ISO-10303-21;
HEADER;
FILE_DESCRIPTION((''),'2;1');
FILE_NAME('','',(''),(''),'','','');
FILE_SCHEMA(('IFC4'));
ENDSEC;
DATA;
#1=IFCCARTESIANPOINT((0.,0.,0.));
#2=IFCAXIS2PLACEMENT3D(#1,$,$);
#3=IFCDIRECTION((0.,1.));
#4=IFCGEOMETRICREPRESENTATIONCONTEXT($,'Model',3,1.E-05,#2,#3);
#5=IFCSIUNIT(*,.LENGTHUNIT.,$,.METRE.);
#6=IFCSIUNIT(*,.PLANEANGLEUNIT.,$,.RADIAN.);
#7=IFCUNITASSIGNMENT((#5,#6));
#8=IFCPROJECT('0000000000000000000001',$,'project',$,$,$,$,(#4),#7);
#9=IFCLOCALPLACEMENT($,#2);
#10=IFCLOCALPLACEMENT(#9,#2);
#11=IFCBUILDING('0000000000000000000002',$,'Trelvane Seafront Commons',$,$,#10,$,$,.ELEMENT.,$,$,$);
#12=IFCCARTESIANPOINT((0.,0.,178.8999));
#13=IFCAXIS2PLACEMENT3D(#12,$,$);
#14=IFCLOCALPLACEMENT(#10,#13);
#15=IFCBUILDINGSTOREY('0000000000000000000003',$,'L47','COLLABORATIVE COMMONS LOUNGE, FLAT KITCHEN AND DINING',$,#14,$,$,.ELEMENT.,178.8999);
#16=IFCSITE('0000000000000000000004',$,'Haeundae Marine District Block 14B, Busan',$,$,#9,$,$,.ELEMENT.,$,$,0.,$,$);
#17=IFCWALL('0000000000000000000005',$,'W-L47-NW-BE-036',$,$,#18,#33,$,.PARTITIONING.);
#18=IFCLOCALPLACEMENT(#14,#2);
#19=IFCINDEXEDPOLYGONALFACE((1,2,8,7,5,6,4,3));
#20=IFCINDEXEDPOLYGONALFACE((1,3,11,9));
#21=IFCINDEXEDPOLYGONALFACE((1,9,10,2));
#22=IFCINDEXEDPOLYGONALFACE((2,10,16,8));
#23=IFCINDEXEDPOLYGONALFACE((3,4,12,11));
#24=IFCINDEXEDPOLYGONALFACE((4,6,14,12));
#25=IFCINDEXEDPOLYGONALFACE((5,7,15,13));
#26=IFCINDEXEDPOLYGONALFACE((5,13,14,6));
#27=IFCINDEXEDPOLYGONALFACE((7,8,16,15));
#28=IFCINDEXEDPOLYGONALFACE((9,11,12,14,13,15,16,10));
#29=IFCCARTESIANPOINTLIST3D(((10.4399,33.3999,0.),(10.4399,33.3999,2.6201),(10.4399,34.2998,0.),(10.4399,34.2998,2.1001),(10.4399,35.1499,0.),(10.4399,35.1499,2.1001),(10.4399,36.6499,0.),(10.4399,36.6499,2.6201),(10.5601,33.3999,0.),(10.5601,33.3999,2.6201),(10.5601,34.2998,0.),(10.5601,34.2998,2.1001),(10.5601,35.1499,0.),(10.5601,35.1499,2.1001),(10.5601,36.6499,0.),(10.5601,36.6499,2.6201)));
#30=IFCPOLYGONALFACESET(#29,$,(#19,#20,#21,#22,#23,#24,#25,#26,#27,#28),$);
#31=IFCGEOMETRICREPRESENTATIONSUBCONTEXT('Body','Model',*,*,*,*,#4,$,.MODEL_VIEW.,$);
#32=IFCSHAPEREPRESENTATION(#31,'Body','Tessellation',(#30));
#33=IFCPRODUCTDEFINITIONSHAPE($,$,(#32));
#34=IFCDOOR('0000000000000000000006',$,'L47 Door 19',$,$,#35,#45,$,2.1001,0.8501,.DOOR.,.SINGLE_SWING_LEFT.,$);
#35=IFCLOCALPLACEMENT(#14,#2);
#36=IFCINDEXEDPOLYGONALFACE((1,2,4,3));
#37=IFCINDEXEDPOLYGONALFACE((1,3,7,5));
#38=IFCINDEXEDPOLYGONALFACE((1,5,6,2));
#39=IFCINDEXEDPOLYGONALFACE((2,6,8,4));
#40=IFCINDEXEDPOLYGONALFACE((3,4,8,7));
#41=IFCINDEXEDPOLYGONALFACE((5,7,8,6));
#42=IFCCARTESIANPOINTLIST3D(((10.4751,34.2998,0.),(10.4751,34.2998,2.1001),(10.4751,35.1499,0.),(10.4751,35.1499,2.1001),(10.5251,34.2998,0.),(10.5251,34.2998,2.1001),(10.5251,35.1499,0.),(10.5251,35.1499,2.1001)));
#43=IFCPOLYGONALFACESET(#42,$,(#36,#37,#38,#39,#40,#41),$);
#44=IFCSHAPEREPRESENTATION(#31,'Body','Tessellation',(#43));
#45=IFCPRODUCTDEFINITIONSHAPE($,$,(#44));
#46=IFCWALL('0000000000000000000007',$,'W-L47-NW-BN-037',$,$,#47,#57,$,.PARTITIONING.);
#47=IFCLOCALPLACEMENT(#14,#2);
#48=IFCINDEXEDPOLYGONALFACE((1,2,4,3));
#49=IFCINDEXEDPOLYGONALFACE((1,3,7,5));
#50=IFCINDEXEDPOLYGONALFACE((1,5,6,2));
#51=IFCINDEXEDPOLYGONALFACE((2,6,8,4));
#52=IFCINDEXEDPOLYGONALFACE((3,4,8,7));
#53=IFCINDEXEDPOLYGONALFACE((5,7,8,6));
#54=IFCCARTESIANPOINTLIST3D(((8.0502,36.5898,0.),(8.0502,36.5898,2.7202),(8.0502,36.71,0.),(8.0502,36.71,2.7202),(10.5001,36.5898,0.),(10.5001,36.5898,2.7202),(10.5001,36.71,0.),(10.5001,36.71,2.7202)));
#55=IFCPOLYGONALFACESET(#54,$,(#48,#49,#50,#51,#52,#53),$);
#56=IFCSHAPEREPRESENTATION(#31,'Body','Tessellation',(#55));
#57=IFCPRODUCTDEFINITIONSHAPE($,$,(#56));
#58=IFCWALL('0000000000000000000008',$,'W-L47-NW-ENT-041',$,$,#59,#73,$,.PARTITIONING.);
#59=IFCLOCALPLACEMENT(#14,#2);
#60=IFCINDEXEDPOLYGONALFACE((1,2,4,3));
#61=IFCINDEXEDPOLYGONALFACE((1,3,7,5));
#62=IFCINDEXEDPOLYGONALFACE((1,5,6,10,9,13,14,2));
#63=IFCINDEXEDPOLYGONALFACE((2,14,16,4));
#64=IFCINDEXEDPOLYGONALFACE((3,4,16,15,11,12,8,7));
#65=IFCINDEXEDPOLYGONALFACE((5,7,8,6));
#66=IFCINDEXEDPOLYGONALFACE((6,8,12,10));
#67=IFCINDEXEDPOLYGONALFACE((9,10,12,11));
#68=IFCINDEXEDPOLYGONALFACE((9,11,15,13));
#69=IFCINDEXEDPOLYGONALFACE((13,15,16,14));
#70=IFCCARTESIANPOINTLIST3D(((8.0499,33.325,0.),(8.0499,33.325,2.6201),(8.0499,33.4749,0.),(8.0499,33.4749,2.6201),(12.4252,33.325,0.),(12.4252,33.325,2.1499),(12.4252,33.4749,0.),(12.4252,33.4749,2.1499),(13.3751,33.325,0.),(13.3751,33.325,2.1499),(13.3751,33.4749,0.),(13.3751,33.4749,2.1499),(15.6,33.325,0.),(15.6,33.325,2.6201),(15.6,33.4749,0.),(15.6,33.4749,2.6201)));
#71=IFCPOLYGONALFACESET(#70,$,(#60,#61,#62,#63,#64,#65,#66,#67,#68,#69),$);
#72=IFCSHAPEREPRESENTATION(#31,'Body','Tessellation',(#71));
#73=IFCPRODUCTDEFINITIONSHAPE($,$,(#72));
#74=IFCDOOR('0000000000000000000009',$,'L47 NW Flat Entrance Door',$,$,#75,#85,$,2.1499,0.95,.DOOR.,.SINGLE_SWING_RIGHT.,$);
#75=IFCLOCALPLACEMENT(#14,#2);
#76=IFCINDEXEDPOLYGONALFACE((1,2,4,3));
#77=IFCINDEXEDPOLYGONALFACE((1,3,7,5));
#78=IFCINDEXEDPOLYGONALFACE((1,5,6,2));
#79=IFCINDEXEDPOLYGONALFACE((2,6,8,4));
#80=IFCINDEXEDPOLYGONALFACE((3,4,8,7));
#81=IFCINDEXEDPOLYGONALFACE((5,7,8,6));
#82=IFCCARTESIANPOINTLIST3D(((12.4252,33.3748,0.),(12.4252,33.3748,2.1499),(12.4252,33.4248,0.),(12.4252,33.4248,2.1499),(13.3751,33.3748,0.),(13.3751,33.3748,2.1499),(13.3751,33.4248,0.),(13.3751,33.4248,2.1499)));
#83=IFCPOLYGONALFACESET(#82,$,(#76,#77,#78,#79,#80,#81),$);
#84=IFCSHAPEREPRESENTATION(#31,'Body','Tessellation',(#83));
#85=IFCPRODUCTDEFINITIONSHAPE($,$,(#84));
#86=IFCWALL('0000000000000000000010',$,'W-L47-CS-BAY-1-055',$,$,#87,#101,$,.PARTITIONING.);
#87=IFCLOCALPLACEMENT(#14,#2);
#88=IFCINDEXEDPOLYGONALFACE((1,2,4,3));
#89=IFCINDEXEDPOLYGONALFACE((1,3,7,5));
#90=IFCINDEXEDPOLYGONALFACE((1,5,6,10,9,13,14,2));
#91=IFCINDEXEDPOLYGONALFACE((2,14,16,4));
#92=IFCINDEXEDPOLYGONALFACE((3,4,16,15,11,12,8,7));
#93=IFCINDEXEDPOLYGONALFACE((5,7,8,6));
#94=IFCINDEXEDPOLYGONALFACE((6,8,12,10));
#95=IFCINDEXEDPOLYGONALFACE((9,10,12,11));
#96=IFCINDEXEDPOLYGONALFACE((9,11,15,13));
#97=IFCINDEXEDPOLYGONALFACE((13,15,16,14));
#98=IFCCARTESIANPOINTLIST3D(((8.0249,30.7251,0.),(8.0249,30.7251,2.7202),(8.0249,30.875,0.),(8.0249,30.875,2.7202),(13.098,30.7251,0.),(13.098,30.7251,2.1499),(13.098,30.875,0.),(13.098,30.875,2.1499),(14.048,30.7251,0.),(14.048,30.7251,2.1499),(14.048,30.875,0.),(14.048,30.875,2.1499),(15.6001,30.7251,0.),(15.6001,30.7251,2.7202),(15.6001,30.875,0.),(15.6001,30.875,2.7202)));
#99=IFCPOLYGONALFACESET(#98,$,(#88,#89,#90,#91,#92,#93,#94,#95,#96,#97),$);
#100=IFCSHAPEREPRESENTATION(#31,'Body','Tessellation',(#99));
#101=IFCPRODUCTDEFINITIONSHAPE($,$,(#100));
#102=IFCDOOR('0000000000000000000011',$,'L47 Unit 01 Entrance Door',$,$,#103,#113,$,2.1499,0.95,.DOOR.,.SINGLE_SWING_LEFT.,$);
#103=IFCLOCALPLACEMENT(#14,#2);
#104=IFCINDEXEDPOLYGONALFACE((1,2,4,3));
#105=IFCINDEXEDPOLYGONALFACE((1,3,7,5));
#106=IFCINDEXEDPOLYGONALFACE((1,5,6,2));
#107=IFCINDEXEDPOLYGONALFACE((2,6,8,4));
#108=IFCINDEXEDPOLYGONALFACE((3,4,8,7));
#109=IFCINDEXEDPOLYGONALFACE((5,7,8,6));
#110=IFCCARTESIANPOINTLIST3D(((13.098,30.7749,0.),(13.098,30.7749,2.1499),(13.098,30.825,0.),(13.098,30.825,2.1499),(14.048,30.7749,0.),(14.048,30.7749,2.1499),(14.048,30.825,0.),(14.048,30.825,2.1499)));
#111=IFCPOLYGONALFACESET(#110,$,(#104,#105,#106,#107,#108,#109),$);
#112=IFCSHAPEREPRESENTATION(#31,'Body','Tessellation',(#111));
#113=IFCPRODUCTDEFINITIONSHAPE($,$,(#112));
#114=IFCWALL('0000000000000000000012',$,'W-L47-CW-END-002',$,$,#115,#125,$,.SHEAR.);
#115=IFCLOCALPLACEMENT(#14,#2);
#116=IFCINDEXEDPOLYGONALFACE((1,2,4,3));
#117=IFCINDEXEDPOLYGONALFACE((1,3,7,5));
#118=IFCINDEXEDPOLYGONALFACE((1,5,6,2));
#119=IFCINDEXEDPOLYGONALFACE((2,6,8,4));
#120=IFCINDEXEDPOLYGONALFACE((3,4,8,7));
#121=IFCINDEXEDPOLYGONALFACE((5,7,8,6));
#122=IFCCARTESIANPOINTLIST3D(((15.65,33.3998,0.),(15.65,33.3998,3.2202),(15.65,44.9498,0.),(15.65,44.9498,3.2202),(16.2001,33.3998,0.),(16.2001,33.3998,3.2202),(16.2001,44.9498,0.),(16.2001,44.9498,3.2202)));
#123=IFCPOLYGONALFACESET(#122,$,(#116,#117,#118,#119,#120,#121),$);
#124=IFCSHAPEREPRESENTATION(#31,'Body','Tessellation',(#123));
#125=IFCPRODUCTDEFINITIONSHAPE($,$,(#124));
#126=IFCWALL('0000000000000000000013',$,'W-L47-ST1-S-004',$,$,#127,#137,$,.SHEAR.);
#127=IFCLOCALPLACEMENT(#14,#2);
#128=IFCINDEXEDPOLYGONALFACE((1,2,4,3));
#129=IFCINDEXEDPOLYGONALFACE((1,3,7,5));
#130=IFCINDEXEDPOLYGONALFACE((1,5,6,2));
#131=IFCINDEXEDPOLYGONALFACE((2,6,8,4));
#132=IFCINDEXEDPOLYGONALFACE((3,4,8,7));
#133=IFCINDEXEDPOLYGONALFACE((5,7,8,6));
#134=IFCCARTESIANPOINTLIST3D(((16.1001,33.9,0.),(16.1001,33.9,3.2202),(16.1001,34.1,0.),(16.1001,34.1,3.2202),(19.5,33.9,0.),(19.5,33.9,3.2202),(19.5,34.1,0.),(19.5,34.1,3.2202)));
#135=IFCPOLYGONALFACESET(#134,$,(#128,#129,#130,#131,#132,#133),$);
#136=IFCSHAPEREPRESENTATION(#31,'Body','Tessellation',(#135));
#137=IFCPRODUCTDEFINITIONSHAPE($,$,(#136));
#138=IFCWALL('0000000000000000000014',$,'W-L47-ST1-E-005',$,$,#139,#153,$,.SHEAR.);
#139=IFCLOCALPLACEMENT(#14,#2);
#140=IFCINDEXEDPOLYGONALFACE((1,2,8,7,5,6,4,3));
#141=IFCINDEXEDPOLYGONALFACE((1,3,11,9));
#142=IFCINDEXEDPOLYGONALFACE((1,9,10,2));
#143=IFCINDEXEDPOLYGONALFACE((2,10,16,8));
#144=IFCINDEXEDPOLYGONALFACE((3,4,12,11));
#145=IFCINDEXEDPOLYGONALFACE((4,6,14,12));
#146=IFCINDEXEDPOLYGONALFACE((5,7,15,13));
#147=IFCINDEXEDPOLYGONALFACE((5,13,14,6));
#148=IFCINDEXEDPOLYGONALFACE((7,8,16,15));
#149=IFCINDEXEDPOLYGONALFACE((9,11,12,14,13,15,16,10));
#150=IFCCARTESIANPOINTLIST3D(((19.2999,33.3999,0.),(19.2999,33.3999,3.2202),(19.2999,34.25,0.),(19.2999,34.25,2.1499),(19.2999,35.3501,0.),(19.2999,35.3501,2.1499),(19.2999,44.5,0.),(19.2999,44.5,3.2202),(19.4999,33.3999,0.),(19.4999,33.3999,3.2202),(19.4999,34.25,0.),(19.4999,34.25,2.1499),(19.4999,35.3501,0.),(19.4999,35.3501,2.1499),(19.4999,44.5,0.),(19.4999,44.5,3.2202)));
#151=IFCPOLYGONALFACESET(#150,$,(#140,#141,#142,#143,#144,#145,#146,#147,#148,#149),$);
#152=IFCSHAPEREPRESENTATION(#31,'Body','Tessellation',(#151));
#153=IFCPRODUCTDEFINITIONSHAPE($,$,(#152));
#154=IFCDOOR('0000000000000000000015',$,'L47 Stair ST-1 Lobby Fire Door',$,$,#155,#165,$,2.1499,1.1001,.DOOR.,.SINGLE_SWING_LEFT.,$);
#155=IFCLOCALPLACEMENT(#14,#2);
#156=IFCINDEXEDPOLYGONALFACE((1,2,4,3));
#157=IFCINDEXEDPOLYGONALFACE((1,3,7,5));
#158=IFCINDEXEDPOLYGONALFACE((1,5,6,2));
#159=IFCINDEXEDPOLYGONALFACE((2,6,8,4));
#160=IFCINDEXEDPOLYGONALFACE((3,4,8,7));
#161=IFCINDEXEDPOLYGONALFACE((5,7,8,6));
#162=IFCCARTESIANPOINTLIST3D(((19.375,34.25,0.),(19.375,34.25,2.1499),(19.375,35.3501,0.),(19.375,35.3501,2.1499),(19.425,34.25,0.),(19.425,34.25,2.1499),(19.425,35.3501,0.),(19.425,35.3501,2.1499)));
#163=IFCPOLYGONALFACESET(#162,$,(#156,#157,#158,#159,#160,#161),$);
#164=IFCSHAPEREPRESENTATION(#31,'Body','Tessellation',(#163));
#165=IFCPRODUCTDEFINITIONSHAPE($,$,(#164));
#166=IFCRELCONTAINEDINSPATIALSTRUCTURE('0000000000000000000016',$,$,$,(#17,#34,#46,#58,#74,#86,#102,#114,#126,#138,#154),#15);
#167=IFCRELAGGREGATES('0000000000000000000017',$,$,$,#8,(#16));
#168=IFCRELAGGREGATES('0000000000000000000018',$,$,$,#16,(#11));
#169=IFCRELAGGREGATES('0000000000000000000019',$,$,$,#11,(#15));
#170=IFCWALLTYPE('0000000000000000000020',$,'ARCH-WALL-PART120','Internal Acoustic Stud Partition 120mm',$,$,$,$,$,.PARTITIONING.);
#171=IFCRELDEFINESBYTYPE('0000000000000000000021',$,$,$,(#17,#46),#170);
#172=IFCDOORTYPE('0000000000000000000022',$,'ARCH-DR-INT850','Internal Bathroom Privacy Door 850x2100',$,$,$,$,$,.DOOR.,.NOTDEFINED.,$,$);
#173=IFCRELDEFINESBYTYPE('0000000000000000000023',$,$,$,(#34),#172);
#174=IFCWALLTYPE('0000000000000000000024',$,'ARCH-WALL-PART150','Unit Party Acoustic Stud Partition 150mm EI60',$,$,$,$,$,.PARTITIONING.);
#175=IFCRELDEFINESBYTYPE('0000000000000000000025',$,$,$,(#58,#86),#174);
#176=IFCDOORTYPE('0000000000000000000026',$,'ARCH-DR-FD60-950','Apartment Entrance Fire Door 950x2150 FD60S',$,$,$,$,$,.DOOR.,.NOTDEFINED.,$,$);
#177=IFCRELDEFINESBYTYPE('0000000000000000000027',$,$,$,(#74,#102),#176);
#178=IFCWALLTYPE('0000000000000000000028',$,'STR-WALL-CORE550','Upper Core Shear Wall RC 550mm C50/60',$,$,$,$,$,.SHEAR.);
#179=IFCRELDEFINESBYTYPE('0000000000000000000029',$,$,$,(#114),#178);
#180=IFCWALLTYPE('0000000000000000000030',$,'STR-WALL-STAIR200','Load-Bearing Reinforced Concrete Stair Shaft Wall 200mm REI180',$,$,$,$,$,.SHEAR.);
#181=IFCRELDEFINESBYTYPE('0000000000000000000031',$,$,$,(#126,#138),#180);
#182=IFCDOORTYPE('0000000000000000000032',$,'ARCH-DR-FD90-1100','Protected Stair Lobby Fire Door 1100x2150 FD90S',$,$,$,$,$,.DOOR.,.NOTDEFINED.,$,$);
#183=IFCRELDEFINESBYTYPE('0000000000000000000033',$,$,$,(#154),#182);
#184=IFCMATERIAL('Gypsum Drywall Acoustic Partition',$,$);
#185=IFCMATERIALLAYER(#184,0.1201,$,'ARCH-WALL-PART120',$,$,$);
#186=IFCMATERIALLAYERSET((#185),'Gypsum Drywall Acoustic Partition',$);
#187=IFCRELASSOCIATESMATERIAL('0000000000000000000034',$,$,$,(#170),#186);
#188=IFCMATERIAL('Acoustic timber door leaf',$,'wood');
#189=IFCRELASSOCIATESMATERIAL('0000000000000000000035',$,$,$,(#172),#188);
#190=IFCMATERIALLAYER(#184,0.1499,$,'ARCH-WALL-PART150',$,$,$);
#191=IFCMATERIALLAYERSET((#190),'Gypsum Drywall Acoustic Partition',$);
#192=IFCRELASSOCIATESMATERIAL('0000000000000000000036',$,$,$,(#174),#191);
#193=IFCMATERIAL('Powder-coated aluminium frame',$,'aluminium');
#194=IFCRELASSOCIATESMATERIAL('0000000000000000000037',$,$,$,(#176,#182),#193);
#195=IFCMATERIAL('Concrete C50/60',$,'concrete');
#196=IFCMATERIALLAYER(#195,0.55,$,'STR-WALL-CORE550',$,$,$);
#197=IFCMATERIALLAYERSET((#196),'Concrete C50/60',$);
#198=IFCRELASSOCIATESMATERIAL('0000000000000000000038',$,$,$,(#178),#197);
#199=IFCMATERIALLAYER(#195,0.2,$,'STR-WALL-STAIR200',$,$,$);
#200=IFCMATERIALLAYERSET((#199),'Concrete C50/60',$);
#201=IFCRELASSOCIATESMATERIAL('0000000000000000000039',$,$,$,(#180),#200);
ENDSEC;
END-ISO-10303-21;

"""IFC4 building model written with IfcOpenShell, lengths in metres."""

from ifc_helpers import new_model, si_unit, direction, frame, frame_2d, origin, place, context, subcontext, project, spatial, rectangle, extrude, source, transform, mapped, material, layer, layer_set, type_object, element, fill, save


model = new_model("IFC4")

# Units and contexts
model_context = context("Model", 3, precision=1e-05, world=origin(), true_north=direction((0.0, 1.0)))
body_context = subcontext(model_context, "Body", "Model", "MODEL_VIEW")
ifc_project = project(units=[si_unit("LENGTHUNIT", "METRE"), si_unit("PLANEANGLEUNIT", "RADIAN")], contexts=[model_context])

# Site, building, storey
site_placement = place(None, origin())
site = spatial("IfcSite", under=ifc_project, at=site_placement, Name="Haeundae Marine District Block 14B, Busan", CompositionType="ELEMENT", RefElevation=0.0)
building_placement = place(site_placement, origin())
building = spatial("IfcBuilding", under=site, at=building_placement, Name="Trelvane Seafront Commons", CompositionType="ELEMENT")
storey_placement = place(building_placement, frame((0.0, 0.0, 178.8999)))
storey = spatial("IfcBuildingStorey", under=building, at=storey_placement, Name="L47", Description="COLLABORATIVE COMMONS LOUNGE, FLAT KITCHEN AND DINING", CompositionType="ELEMENT", Elevation=178.8999)

# Shared definitions
ifc_material_1 = material(Name="Concrete C50/60", Category="concrete")

# Wall, opening, door
ifc_material_2 = material(Name="Gypsum Drywall Acoustic Partition")
ifc_layer_1 = layer(ifc_material_2, 0.1201, Name="ARCH-WALL-PART120")
ifc_layer_set_1 = layer_set([ifc_layer_1], Name="Gypsum Drywall Acoustic Partition")
wall_type_1 = type_object("IfcWallType", Name="ARCH-WALL-PART120", Description="Internal Acoustic Stud Partition 120mm", PredefinedType="PARTITIONING", material=ifc_layer_set_1)
wall_1_placement = place(storey_placement, frame((10.5, 33.3999, 0.0), z_axis=(0.0, 0.0, 1.0), x_axis=(0.0, 1.0, 0.0)))
wall_1 = element("IfcWall", 1, at=wall_1_placement, inside=storey, type_object=wall_type_1, Name="W-L47-NW-BE-036", PredefinedType="PARTITIONING", context=body_context, shape_type="SweptSolid", body=[
    extrude(rectangle(XDim=3.25, YDim=0.1201, at=frame_2d((1.625, 0.0))), origin(), (0.0, 0.0, 1.0), 2.6201),
])
opening_1_placement = place(wall_1_placement, frame((0.8999, 0.0, 0.0)))
opening_1 = element("IfcOpeningElement", 2, at=opening_1_placement, cuts=wall_1, PredefinedType="OPENING", context=body_context, shape_type="SweptSolid", body=[
    extrude(rectangle(XDim=0.8501, YDim=2.1001, at=frame_2d((0.425, 1.05))), frame((0.0, 0.0701, 0.0), z_axis=(0.0, -1.0, 0.0), x_axis=(1.0, 0.0, 0.0)), (0.0, 0.0, 1.0), 0.1401),
])
ifc_material_3 = material(Name="Acoustic timber door leaf", Category="wood")
door_type_1 = type_object("IfcDoorType", Name="ARCH-DR-INT850", Description="Internal Bathroom Privacy Door 850x2100", OperationType="NOTDEFINED", PredefinedType="DOOR", material=ifc_material_3)
shared_shape_1 = source(origin(), body_context, "Body", "SweptSolid", [
    extrude(rectangle(XDim=0.8501, YDim=2.1001, at=frame_2d((0.425, 1.05))), frame((0.0, 0.0249, 0.0), z_axis=(0.0, -1.0, 0.0), x_axis=(1.0, 0.0, 0.0)), (0.0, 0.0, 1.0), 0.05),
])
door_1_placement = place(opening_1_placement, origin())
door_1 = element("IfcDoor", 3, at=door_1_placement, inside=storey, type_object=door_type_1, Name="L47 Door 19", OperationType="SINGLE_SWING_LEFT", OverallHeight=2.1001, OverallWidth=0.8501, PredefinedType="DOOR", context=body_context, shape_type="MappedRepresentation", body=[
    mapped(shared_shape_1, transform((0.0, 0.0, 0.0), x_axis=(1.0, 0.0, 0.0), y_axis=(0.0, 1.0, 0.0), z_axis=(0.0, 0.0, 1.0), scale=1.0)),
])
fill(opening_1, door_1)

# Wall
wall_2_placement = place(storey_placement, frame((8.05, 36.6499, 0.0), z_axis=(0.0, 0.0, 1.0), x_axis=(1.0, 0.0, 0.0)))
element("IfcWall", 4, at=wall_2_placement, inside=storey, type_object=wall_type_1, Name="W-L47-NW-BN-037", PredefinedType="PARTITIONING", context=body_context, shape_type="SweptSolid", body=[
    extrude(rectangle(XDim=2.45, YDim=0.1201, at=frame_2d((1.2251, 0.0))), origin(), (0.0, 0.0, 1.0), 2.7202),
])

# Walls, openings, doors
ifc_layer_2 = layer(ifc_material_2, 0.1499, Name="ARCH-WALL-PART150")
ifc_layer_set_2 = layer_set([ifc_layer_2], Name="Gypsum Drywall Acoustic Partition")
wall_type_2 = type_object("IfcWallType", Name="ARCH-WALL-PART150", Description="Unit Party Acoustic Stud Partition 150mm EI60", PredefinedType="PARTITIONING", material=ifc_layer_set_2)
wall_3_placement = place(storey_placement, frame((8.05, 33.3999, 0.0), z_axis=(0.0, 0.0, 1.0), x_axis=(1.0, 0.0, 0.0)))
wall_3 = element("IfcWall", 5, at=wall_3_placement, inside=storey, type_object=wall_type_2, Name="W-L47-NW-ENT-041", PredefinedType="PARTITIONING", context=body_context, shape_type="SweptSolid", body=[
    extrude(rectangle(XDim=7.55, YDim=0.1499, at=frame_2d((3.7749, 0.0))), origin(), (0.0, 0.0, 1.0), 2.6201),
])
opening_2_placement = place(wall_3_placement, frame((4.375, 0.0, 0.0)))
opening_2 = element("IfcOpeningElement", 6, at=opening_2_placement, cuts=wall_3, PredefinedType="OPENING", context=body_context, shape_type="SweptSolid", body=[
    extrude(rectangle(XDim=0.95, YDim=2.1499, at=frame_2d((0.4751, 1.075))), frame((0.0, 0.085, 0.0), z_axis=(0.0, -1.0, 0.0), x_axis=(1.0, 0.0, 0.0)), (0.0, 0.0, 1.0), 0.1699),
])
ifc_material_4 = material(Name="Powder-coated aluminium frame", Category="aluminium")
door_type_2 = type_object("IfcDoorType", Name="ARCH-DR-FD60-950", Description="Apartment Entrance Fire Door 950x2150 FD60S", OperationType="NOTDEFINED", PredefinedType="DOOR", material=ifc_material_4)
shared_shape_2 = source(origin(), body_context, "Body", "SweptSolid", [
    extrude(rectangle(XDim=0.95, YDim=2.1499, at=frame_2d((0.4751, 1.075))), frame((0.0, 0.0249, 0.0), z_axis=(0.0, -1.0, 0.0), x_axis=(1.0, 0.0, 0.0)), (0.0, 0.0, 1.0), 0.05),
])
door_2_placement = place(opening_2_placement, origin())
door_2 = element("IfcDoor", 7, at=door_2_placement, inside=storey, type_object=door_type_2, Name="L47 NW Flat Entrance Door", OperationType="SINGLE_SWING_RIGHT", OverallHeight=2.1499, OverallWidth=0.95, PredefinedType="DOOR", context=body_context, shape_type="MappedRepresentation", body=[
    mapped(shared_shape_2, transform((0.0, 0.0, 0.0), x_axis=(1.0, 0.0, 0.0), y_axis=(0.0, 1.0, 0.0), z_axis=(0.0, 0.0, 1.0), scale=1.0)),
])
fill(opening_2, door_2)
wall_4_placement = place(storey_placement, frame((8.0249, 30.8, 0.0), z_axis=(0.0, 0.0, 1.0), x_axis=(1.0, 0.0, 0.0)))
wall_4 = element("IfcWall", 8, at=wall_4_placement, inside=storey, type_object=wall_type_2, Name="W-L47-CS-BAY-1-055", PredefinedType="PARTITIONING", context=body_context, shape_type="SweptSolid", body=[
    extrude(rectangle(XDim=7.5752, YDim=0.1499, at=frame_2d((3.7876, 0.0))), origin(), (0.0, 0.0, 1.0), 2.7202),
])
opening_3_placement = place(wall_4_placement, frame((5.073, 0.0, 0.0)))
opening_3 = element("IfcOpeningElement", 9, at=opening_3_placement, cuts=wall_4, PredefinedType="OPENING", context=body_context, shape_type="SweptSolid", body=[
    extrude(rectangle(XDim=0.95, YDim=2.1499, at=frame_2d((0.4751, 1.075))), frame((0.0, 0.085, 0.0), z_axis=(0.0, -1.0, 0.0), x_axis=(1.0, 0.0, 0.0)), (0.0, 0.0, 1.0), 0.1699),
])
door_3_placement = place(opening_3_placement, origin())
door_3 = element("IfcDoor", 10, at=door_3_placement, inside=storey, type_object=door_type_2, Name="L47 Unit 01 Entrance Door", OperationType="SINGLE_SWING_LEFT", OverallHeight=2.1499, OverallWidth=0.95, PredefinedType="DOOR", context=body_context, shape_type="MappedRepresentation", body=[
    mapped(shared_shape_2, transform((0.0, 0.0, 0.0), x_axis=(1.0, 0.0, 0.0), y_axis=(0.0, 1.0, 0.0), z_axis=(0.0, 0.0, 1.0), scale=1.0)),
])
fill(opening_3, door_3)

# Walls
ifc_layer_3 = layer(ifc_material_1, 0.55, Name="STR-WALL-CORE550")
ifc_layer_set_3 = layer_set([ifc_layer_3], Name="Concrete C50/60")
wall_type_3 = type_object("IfcWallType", Name="STR-WALL-CORE550", Description="Upper Core Shear Wall RC 550mm C50/60", PredefinedType="SHEAR", material=ifc_layer_set_3)
wall_5_placement = place(storey_placement, frame((15.925, 33.3999, 0.0), z_axis=(0.0, 0.0, 1.0), x_axis=(0.0, 1.0, 0.0)))
element("IfcWall", 11, at=wall_5_placement, inside=storey, type_object=wall_type_3, Name="W-L47-CW-END-002", PredefinedType="SHEAR", context=body_context, shape_type="SweptSolid", body=[
    extrude(rectangle(XDim=11.55, YDim=0.55, at=frame_2d((5.7749, 0.0))), origin(), (0.0, 0.0, 1.0), 3.2202),
])
ifc_layer_4 = layer(ifc_material_1, 0.2, Name="STR-WALL-STAIR200")
ifc_layer_set_4 = layer_set([ifc_layer_4], Name="Concrete C50/60")
wall_type_4 = type_object("IfcWallType", Name="STR-WALL-STAIR200", Description="Load-Bearing Reinforced Concrete Stair Shaft Wall 200mm REI180", PredefinedType="SHEAR", material=ifc_layer_set_4)
wall_6_placement = place(storey_placement, frame((16.1001, 34.0, 0.0), z_axis=(0.0, 0.0, 1.0), x_axis=(1.0, 0.0, 0.0)))
element("IfcWall", 12, at=wall_6_placement, inside=storey, type_object=wall_type_4, Name="W-L47-ST1-S-004", PredefinedType="SHEAR", context=body_context, shape_type="SweptSolid", body=[
    extrude(rectangle(XDim=3.3999, YDim=0.2, at=frame_2d((1.7, 0.0))), origin(), (0.0, 0.0, 1.0), 3.2202),
])

# Wall, opening, door
wall_7_placement = place(storey_placement, frame((19.3999, 33.3999, 0.0), z_axis=(0.0, 0.0, 1.0), x_axis=(0.0, 1.0, 0.0)))
wall_7 = element("IfcWall", 13, at=wall_7_placement, inside=storey, type_object=wall_type_4, Name="W-L47-ST1-E-005", PredefinedType="SHEAR", context=body_context, shape_type="SweptSolid", body=[
    extrude(rectangle(XDim=11.1001, YDim=0.2, at=frame_2d((5.55, 0.0))), origin(), (0.0, 0.0, 1.0), 3.2202),
])
opening_4_placement = place(wall_7_placement, frame((0.8501, 0.0, 0.0)))
opening_4 = element("IfcOpeningElement", 14, at=opening_4_placement, cuts=wall_7, PredefinedType="OPENING", context=body_context, shape_type="SweptSolid", body=[
    extrude(rectangle(XDim=1.1001, YDim=2.1499, at=frame_2d((0.55, 1.075))), frame((0.0, 0.1099, 0.0), z_axis=(0.0, -1.0, 0.0), x_axis=(1.0, 0.0, 0.0)), (0.0, 0.0, 1.0), 0.22),
])
door_type_3 = type_object("IfcDoorType", Name="ARCH-DR-FD90-1100", Description="Protected Stair Lobby Fire Door 1100x2150 FD90S", OperationType="NOTDEFINED", PredefinedType="DOOR", material=ifc_material_4)
shared_shape_3 = source(origin(), body_context, "Body", "SweptSolid", [
    extrude(rectangle(XDim=1.1001, YDim=2.1499, at=frame_2d((0.55, 1.075))), frame((0.0, 0.0249, 0.0), z_axis=(0.0, -1.0, 0.0), x_axis=(1.0, 0.0, 0.0)), (0.0, 0.0, 1.0), 0.05),
])
door_4_placement = place(opening_4_placement, origin())
door_4 = element("IfcDoor", 15, at=door_4_placement, inside=storey, type_object=door_type_3, Name="L47 Stair ST-1 Lobby Fire Door", OperationType="SINGLE_SWING_LEFT", OverallHeight=2.1499, OverallWidth=1.1001, PredefinedType="DOOR", context=body_context, shape_type="MappedRepresentation", body=[
    mapped(shared_shape_3, transform((0.0, 0.0, 0.0), x_axis=(1.0, 0.0, 0.0), y_axis=(0.0, 1.0, 0.0), z_axis=(0.0, 0.0, 1.0), scale=1.0)),
])
fill(opening_4, door_4)

save(model, "model.ifc")
